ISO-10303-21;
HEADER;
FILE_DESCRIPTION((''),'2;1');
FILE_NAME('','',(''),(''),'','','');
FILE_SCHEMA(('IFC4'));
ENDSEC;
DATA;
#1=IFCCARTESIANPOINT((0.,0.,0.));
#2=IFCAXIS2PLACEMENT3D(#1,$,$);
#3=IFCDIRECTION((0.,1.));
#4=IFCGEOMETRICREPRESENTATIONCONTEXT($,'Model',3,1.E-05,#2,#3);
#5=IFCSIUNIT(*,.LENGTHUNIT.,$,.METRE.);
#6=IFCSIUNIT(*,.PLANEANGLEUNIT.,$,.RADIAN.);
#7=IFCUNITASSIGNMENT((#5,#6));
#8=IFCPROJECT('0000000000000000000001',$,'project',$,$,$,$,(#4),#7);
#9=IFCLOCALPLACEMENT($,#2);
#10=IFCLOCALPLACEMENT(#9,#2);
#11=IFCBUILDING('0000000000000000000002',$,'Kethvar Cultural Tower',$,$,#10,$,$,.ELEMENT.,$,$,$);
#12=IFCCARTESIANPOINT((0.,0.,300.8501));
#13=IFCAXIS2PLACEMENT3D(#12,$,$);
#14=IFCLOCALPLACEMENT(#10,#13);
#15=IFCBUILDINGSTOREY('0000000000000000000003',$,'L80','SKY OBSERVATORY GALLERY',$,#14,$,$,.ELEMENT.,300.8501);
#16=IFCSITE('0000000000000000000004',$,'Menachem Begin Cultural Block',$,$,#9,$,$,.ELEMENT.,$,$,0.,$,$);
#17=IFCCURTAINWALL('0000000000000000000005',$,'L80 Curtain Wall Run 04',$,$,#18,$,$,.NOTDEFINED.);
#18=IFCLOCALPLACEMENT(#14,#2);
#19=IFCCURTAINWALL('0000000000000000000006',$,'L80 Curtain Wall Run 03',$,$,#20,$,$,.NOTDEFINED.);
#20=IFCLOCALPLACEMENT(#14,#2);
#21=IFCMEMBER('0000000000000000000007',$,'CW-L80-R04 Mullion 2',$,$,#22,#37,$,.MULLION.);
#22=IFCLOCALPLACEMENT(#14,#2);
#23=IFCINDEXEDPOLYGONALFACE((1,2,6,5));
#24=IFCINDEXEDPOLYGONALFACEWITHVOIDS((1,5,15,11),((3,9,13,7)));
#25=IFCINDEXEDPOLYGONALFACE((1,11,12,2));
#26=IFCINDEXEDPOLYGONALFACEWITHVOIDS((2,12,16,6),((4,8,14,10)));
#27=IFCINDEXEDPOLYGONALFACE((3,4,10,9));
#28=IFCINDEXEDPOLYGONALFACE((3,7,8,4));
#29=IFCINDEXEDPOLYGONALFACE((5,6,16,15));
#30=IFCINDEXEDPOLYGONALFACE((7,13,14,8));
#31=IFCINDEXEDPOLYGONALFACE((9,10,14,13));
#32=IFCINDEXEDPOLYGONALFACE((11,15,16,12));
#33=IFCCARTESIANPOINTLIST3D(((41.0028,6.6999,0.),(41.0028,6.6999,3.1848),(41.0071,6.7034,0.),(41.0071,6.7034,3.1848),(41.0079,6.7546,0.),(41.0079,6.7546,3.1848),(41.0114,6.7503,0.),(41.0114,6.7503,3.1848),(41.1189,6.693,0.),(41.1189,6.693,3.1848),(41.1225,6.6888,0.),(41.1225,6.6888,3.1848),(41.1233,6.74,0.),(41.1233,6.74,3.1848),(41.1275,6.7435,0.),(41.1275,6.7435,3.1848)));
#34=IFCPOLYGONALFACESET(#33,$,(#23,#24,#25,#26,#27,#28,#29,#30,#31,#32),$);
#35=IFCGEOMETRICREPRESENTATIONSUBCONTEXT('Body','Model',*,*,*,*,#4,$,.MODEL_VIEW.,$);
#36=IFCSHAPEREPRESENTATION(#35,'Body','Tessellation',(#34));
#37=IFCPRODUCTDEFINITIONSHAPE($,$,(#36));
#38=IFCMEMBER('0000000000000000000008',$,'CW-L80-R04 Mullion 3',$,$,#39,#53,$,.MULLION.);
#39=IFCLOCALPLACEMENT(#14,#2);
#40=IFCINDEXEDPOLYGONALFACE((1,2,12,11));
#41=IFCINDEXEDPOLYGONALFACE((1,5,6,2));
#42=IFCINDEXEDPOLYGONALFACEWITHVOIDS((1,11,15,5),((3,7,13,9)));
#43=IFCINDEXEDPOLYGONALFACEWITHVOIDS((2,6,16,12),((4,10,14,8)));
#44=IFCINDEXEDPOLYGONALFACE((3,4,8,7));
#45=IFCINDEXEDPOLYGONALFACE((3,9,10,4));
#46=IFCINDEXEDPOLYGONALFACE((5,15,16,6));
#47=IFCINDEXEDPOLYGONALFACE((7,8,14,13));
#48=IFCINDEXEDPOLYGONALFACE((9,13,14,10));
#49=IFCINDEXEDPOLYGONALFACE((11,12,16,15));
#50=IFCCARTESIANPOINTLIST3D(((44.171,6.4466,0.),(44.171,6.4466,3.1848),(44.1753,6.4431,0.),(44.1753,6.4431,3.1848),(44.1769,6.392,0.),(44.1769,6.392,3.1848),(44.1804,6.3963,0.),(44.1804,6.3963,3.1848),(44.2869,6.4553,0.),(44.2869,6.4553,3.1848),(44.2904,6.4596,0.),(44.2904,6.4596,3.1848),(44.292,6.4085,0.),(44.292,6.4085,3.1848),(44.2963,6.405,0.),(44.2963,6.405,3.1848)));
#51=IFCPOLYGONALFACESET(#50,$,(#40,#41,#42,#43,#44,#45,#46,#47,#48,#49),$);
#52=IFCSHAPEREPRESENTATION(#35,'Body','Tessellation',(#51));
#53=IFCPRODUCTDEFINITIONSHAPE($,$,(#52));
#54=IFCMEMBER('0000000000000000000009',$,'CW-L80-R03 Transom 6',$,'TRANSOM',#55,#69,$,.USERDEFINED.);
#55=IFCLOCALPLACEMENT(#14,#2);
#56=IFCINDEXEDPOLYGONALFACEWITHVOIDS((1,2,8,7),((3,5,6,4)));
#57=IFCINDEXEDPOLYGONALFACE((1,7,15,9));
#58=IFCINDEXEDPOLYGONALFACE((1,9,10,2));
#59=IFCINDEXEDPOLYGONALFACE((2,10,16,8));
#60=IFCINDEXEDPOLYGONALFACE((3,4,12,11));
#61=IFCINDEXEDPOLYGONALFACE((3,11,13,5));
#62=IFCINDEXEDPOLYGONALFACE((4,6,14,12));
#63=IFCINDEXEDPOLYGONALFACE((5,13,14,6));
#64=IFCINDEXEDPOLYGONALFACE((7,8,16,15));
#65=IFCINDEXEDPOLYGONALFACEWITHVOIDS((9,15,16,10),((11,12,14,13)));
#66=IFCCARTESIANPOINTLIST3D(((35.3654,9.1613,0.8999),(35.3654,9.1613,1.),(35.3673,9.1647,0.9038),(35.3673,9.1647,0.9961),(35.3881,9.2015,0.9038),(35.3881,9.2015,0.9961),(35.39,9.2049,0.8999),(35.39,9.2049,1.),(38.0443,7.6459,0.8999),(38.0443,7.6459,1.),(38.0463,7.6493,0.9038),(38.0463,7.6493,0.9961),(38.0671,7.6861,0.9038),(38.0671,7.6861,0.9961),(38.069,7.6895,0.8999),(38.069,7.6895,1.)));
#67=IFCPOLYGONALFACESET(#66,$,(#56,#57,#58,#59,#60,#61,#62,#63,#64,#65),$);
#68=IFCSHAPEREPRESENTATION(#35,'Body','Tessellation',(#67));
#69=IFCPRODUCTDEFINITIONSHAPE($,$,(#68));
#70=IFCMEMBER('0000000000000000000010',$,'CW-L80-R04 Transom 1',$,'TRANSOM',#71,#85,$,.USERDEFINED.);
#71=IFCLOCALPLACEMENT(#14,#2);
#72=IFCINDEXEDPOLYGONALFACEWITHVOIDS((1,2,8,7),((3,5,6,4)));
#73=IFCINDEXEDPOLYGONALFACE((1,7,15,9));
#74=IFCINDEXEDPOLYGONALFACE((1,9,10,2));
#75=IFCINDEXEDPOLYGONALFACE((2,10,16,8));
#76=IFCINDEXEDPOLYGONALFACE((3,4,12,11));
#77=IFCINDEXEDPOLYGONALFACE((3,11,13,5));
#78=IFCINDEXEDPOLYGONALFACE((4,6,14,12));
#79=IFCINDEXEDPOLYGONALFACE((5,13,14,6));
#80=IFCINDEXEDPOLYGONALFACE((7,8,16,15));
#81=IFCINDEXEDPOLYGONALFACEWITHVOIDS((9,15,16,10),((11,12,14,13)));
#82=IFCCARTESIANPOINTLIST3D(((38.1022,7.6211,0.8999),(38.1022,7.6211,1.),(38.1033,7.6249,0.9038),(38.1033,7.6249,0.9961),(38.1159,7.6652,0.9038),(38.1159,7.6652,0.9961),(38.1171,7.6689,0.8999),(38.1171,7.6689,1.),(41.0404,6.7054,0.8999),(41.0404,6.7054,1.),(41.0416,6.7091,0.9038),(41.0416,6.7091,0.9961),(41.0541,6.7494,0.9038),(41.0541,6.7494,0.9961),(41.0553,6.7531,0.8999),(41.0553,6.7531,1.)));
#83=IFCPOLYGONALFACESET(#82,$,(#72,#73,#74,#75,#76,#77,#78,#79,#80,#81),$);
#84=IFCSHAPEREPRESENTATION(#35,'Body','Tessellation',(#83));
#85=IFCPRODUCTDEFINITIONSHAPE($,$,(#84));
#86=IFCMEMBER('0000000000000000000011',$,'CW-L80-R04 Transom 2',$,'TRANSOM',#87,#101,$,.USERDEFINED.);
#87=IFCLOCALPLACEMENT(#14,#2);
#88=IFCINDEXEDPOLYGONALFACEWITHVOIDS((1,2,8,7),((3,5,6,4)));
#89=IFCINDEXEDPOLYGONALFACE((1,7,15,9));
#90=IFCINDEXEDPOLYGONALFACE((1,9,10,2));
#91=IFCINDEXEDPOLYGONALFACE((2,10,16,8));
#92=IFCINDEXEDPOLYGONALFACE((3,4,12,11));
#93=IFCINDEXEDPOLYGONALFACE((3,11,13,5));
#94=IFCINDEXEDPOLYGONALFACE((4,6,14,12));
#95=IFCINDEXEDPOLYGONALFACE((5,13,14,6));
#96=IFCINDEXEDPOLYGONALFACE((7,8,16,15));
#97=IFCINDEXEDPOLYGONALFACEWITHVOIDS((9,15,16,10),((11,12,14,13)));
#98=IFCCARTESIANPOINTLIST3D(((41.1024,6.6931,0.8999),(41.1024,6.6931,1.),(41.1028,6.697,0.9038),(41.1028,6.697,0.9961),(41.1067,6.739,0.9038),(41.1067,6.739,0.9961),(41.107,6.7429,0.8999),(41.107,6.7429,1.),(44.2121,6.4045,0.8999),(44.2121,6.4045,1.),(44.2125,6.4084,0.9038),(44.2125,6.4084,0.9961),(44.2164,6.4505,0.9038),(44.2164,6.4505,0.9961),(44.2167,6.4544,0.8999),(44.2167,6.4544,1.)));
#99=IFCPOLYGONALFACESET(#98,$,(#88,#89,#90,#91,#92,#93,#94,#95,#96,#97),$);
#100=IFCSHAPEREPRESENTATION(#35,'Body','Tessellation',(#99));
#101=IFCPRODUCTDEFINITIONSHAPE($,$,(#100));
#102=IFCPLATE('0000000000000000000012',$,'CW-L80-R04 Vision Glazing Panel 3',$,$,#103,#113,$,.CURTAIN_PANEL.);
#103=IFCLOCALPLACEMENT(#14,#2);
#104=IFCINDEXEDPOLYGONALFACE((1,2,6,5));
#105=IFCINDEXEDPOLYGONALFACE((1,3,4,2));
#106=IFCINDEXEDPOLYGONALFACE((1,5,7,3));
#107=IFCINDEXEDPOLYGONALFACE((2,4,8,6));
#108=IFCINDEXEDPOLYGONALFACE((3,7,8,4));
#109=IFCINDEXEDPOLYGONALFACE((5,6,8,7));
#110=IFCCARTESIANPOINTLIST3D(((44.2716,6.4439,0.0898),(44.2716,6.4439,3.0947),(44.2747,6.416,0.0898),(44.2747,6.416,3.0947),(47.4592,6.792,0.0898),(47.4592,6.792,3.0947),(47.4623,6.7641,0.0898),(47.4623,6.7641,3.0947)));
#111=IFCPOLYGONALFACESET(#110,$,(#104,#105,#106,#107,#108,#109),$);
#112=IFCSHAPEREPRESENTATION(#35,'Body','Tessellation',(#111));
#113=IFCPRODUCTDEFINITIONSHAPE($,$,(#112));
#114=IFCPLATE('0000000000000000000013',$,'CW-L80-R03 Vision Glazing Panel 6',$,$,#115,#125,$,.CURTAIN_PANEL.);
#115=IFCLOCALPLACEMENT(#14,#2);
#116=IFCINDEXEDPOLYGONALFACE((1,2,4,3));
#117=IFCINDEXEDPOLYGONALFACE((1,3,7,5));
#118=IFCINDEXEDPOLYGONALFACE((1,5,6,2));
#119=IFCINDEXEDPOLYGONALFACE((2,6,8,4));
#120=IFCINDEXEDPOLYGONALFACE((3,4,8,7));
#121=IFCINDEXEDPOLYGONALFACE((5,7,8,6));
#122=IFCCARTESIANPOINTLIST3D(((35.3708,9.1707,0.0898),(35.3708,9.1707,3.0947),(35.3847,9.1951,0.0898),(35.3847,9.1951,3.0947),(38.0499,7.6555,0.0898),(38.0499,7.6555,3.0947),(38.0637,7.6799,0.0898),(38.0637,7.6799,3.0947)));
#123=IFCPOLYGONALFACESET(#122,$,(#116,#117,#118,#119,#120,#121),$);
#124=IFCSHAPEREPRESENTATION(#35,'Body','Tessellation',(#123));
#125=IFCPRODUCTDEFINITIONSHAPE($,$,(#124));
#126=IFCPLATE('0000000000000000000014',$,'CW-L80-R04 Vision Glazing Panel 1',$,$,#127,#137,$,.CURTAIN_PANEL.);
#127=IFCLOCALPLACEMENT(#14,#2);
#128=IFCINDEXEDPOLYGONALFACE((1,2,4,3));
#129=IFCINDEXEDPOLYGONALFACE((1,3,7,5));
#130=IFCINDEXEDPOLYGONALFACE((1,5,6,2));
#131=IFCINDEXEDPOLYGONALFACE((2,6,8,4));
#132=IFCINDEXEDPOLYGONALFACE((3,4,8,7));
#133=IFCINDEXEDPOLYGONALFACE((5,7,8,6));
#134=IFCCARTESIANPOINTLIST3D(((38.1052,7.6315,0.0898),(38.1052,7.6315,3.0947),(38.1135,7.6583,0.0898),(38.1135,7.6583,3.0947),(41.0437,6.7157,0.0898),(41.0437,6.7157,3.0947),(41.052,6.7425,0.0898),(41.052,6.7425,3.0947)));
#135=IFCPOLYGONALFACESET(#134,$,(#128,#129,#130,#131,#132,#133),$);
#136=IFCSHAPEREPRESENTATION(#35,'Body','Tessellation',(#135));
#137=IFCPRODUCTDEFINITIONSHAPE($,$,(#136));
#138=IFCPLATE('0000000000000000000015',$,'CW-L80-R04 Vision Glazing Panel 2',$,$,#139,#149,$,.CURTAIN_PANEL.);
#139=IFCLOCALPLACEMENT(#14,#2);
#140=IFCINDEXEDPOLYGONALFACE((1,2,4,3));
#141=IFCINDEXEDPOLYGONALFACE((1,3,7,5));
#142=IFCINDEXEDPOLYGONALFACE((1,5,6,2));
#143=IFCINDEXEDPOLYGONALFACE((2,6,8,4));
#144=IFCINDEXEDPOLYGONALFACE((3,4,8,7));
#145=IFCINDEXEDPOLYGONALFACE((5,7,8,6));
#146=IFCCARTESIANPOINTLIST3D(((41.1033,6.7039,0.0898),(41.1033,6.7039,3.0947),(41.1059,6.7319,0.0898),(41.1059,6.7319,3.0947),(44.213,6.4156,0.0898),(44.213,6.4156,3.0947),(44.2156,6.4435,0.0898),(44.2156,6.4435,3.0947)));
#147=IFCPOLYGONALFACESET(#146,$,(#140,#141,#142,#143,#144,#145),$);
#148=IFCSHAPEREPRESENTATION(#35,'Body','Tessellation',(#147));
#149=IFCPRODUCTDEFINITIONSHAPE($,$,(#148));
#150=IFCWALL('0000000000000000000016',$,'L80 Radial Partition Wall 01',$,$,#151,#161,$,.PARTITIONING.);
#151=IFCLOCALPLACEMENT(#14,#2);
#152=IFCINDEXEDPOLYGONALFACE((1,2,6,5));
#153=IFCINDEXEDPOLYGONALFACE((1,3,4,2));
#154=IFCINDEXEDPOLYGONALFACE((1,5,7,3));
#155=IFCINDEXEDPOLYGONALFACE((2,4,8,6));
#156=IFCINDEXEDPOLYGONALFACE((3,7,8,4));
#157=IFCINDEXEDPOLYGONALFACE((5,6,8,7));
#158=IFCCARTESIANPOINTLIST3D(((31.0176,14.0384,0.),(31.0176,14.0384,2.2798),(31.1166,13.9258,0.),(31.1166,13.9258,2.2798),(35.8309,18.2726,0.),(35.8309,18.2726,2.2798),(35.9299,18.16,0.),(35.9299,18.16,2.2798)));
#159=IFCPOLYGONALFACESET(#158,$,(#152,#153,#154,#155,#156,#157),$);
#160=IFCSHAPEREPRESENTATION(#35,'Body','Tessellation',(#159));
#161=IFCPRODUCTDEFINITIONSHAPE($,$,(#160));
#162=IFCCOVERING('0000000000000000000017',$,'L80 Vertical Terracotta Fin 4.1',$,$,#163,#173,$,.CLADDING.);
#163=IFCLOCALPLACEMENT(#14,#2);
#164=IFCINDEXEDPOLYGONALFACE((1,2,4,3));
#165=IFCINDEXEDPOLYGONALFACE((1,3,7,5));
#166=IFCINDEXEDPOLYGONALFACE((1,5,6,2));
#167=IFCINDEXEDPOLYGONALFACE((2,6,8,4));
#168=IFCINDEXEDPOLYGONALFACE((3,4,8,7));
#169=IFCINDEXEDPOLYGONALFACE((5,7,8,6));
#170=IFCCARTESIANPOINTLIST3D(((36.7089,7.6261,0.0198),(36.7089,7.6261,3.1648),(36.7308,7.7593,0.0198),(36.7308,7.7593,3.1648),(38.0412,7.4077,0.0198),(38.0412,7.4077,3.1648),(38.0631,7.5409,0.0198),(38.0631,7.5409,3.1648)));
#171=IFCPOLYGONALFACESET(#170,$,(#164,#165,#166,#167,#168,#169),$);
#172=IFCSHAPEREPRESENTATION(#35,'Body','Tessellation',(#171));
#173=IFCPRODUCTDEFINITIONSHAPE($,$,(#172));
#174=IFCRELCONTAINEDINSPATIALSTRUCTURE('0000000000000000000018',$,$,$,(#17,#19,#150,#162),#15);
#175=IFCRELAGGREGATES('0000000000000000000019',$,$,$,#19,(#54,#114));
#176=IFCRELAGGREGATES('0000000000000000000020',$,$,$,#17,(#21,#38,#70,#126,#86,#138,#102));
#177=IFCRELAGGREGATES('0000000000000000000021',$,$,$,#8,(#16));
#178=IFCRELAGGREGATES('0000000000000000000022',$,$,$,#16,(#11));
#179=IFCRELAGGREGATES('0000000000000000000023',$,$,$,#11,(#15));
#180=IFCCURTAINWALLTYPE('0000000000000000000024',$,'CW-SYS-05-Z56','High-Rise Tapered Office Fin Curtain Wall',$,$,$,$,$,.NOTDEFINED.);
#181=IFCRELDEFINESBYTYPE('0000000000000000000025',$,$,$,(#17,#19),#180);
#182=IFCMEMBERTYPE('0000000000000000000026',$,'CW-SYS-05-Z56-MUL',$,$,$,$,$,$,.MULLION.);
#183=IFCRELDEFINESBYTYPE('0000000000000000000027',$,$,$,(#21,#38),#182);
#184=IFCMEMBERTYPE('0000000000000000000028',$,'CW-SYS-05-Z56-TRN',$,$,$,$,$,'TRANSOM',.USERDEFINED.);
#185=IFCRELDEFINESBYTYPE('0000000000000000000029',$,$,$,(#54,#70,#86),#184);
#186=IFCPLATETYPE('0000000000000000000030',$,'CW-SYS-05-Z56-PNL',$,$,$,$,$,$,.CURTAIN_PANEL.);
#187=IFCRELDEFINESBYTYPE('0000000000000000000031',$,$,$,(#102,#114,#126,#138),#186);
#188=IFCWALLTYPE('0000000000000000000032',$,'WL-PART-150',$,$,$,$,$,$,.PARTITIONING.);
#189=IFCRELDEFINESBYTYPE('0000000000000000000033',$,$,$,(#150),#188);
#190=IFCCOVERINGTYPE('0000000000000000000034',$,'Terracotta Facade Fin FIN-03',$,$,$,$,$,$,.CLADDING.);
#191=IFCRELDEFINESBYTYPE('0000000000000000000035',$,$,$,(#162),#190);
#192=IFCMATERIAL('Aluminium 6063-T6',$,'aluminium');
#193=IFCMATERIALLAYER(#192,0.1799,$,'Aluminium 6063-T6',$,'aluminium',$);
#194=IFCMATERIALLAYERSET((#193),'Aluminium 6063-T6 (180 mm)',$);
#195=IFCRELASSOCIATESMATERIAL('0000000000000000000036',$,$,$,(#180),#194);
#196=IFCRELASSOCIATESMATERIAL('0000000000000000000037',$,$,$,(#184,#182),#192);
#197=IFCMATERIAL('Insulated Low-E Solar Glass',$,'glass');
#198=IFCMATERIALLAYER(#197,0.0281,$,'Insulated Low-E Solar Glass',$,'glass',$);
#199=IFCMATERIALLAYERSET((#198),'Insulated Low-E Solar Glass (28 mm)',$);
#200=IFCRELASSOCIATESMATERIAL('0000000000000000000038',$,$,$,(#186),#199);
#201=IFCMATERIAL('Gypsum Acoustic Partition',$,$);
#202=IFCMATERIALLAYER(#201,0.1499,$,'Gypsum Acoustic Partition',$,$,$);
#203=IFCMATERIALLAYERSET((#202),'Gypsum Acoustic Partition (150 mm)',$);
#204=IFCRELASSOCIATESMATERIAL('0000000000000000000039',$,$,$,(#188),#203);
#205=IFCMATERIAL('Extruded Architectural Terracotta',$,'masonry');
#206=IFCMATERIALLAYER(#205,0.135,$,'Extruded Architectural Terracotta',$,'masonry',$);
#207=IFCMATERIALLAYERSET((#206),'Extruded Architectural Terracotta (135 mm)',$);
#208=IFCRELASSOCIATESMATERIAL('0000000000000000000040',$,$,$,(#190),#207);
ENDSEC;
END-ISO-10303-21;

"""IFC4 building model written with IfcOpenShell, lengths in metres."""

from ifc_helpers import new_model, si_unit, direction, frame, frame_2d, origin, origin_2d, place, context, subcontext, project, spatial, rectangle, hollow_rectangle, extrude, source, transform, mapped, material, layer, layer_set, material_profile, profile_set, type_object, element, aggregate, save


model = new_model("IFC4")

# Units and contexts
model_context = context("Model", 3, precision=1e-05, world=origin(), true_north=direction((0.0, 1.0)))
body_context = subcontext(model_context, "Body", "Model", "MODEL_VIEW")
ifc_project = project(units=[si_unit("LENGTHUNIT", "METRE"), si_unit("PLANEANGLEUNIT", "RADIAN")], contexts=[model_context])

# Site, building, storey
site_placement = place(None, origin())
site = spatial("IfcSite", under=ifc_project, at=site_placement, Name="Menachem Begin Cultural Block", CompositionType="ELEMENT", RefElevation=0.0)
building_placement = place(site_placement, origin())
building = spatial("IfcBuilding", under=site, at=building_placement, Name="Kethvar Cultural Tower", CompositionType="ELEMENT")
storey_placement = place(building_placement, frame((0.0, 0.0, 300.8501)))
storey = spatial("IfcBuildingStorey", under=building, at=storey_placement, Name="L80", Description="SKY OBSERVATORY GALLERY", CompositionType="ELEMENT", Elevation=300.8501)

# Curtain walls
ifc_material_1 = material(Name="Aluminium 6063-T6", Category="aluminium")
ifc_layer_1 = layer(ifc_material_1, 0.1799, Name="Aluminium 6063-T6", Category="aluminium")
ifc_layer_set_1 = layer_set([ifc_layer_1], Name="Aluminium 6063-T6 (180 mm)")
curtain_wall_type = type_object("IfcCurtainWallType", Name="CW-SYS-05-Z56", Description="High-Rise Tapered Office Fin Curtain Wall", PredefinedType="NOTDEFINED", material=ifc_layer_set_1)
curtain_wall_1_placement = place(storey_placement, origin())
curtain_wall_1 = element("IfcCurtainWall", 1, at=curtain_wall_1_placement, inside=storey, type_object=curtain_wall_type, Name="L80 Curtain Wall Run 04", PredefinedType="NOTDEFINED")
ifc_material_profile_1 = material_profile(ifc_material_1, hollow_rectangle(XDim=0.05, YDim=0.1001, WallThickness=0.0039, at=origin_2d()), Name="Aluminium 6063-T6 — RHS100x50x4")
ifc_profile_set_1 = profile_set([ifc_material_profile_1], Name="Aluminium 6063-T6 — RHS100x50x4")
member_type_1 = type_object("IfcMemberType", Name="CW-SYS-05-Z56-TRN", ElementType="TRANSOM", PredefinedType="USERDEFINED", material=ifc_profile_set_1)
curtain_wall_2_placement = place(storey_placement, origin())
curtain_wall_2 = element("IfcCurtainWall", 2, at=curtain_wall_2_placement, inside=storey, type_object=curtain_wall_type, Name="L80 Curtain Wall Run 03", PredefinedType="NOTDEFINED")
ifc_material_profile_2 = material_profile(ifc_material_1, hollow_rectangle(XDim=0.0549, YDim=0.1201, WallThickness=0.0039, at=origin_2d()), Name="Aluminium 6063-T6 — RHS120x55x4")
ifc_profile_set_2 = profile_set([ifc_material_profile_2], Name="Aluminium 6063-T6 — RHS120x55x4")
member_type_2 = type_object("IfcMemberType", Name="CW-SYS-05-Z56-MUL", PredefinedType="MULLION", material=ifc_profile_set_2)
shared_shape_1 = source(origin(), body_context, "Body", "SweptSolid", [
    extrude(hollow_rectangle(XDim=0.0549, YDim=0.1201, WallThickness=0.0039, at=origin_2d()), origin(), (0.0, 0.0, 1.0), 3.1848),
])

# Members
member_1_placement = place(storey_placement, frame((41.0652, 6.7217, 0.0), z_axis=(0.0, 0.0, 1.0), x_axis=(0.092336, 0.995728, 0.0)))
member_1 = element("IfcMember", 3, at=member_1_placement, type_object=member_type_2, Name="CW-L80-R04 Mullion 2", PredefinedType="MULLION", context=body_context, shape_type="MappedRepresentation", body=[
    mapped(shared_shape_1, transform((0.0, 0.0, 0.0), scale=1.0)),
])
member_2_placement = place(storey_placement, frame((44.2336, 6.4258, 0.0), z_axis=(0.0, 0.0, 1.0), x_axis=(-0.108555, 0.99409, 0.0)))
member_2 = element("IfcMember", 4, at=member_2_placement, type_object=member_type_2, Name="CW-L80-R04 Mullion 3", PredefinedType="MULLION", context=body_context, shape_type="MappedRepresentation", body=[
    mapped(shared_shape_1, transform((0.0, 0.0, 0.0), scale=1.0)),
])
shared_shape_2 = source(origin(), body_context, "Body", "SweptSolid", [
    extrude(hollow_rectangle(XDim=0.05, YDim=0.1001, WallThickness=0.0039, at=origin_2d()), origin(), (0.0, 0.0, 1.0), 3.0779),
])
member_3_placement = place(storey_placement, frame((35.3777, 9.1831, 0.95), z_axis=(0.870397, -0.49235, 0.0), x_axis=(0.49235, 0.870397, 0.0)))
member_3 = element("IfcMember", 5, at=member_3_placement, type_object=member_type_1, Name="CW-L80-R03 Transom 6", ObjectType="TRANSOM", PredefinedType="USERDEFINED", context=body_context, shape_type="MappedRepresentation", body=[
    mapped(shared_shape_2, transform((0.0, 0.0, 0.0), scale=1.0)),
])
shared_shape_3 = source(origin(), body_context, "Body", "SweptSolid", [
    extrude(hollow_rectangle(XDim=0.05, YDim=0.1001, WallThickness=0.0039, at=origin_2d()), origin(), (0.0, 0.0, 1.0), 3.0776),
])
member_4_placement = place(storey_placement, frame((38.1096, 7.645, 0.95), z_axis=(0.954704, -0.297557, 0.0), x_axis=(0.297557, 0.954704, 0.0)))
member_4 = element("IfcMember", 6, at=member_4_placement, type_object=member_type_1, Name="CW-L80-R04 Transom 1", ObjectType="TRANSOM", PredefinedType="USERDEFINED", context=body_context, shape_type="MappedRepresentation", body=[
    mapped(shared_shape_3, transform((0.0, 0.0, 0.0), scale=1.0)),
])
shared_shape_4 = source(origin(), body_context, "Body", "SweptSolid", [
    extrude(hollow_rectangle(XDim=0.05, YDim=0.1001, WallThickness=0.0039, at=origin_2d()), origin(), (0.0, 0.0, 1.0), 3.123),
])
member_5_placement = place(storey_placement, frame((41.1047, 6.718, 0.95), z_axis=(0.995722, -0.092403, 0.0), x_axis=(0.092403, 0.995722, 0.0)))
member_5 = element("IfcMember", 7, at=member_5_placement, type_object=member_type_1, Name="CW-L80-R04 Transom 2", ObjectType="TRANSOM", PredefinedType="USERDEFINED", context=body_context, shape_type="MappedRepresentation", body=[
    mapped(shared_shape_4, transform((0.0, 0.0, 0.0), scale=1.0)),
])

# Plates
ifc_material_2 = material(Name="Insulated Low-E Solar Glass", Category="glass")
ifc_layer_2 = layer(ifc_material_2, 0.0281, Name="Insulated Low-E Solar Glass", Category="glass")
ifc_layer_set_2 = layer_set([ifc_layer_2], Name="Insulated Low-E Solar Glass (28 mm)")
plate_type = type_object("IfcPlateType", Name="CW-SYS-05-Z56-PNL", PredefinedType="CURTAIN_PANEL", material=ifc_layer_set_2)
shared_shape_5 = source(origin(), body_context, "Body", "SweptSolid", [
    extrude(rectangle(XDim=3.2065, YDim=0.0281, at=origin_2d()), origin(), (0.0, 0.0, 1.0), 3.0049),
])
plate_1_placement = place(storey_placement, frame((45.8669, 6.604, 0.0898), z_axis=(0.0, 0.0, 1.0), x_axis=(0.99409, 0.108555, 0.0)))
plate_1 = element("IfcPlate", 8, at=plate_1_placement, type_object=plate_type, Name="CW-L80-R04 Vision Glazing Panel 3", PredefinedType="CURTAIN_PANEL", context=body_context, shape_type="MappedRepresentation", body=[
    mapped(shared_shape_5, transform((0.0, 0.0, 0.0), scale=1.0)),
])
shared_shape_6 = source(origin(), body_context, "Body", "SweptSolid", [
    extrude(rectangle(XDim=3.0779, YDim=0.0281, at=origin_2d()), origin(), (0.0, 0.0, 1.0), 3.0049),
])
plate_2_placement = place(storey_placement, frame((36.7173, 8.4253, 0.0898), z_axis=(0.0, 0.0, 1.0), x_axis=(0.870424, -0.492302, 0.0)))
plate_2 = element("IfcPlate", 9, at=plate_2_placement, type_object=plate_type, Name="CW-L80-R03 Vision Glazing Panel 6", PredefinedType="CURTAIN_PANEL", context=body_context, shape_type="MappedRepresentation", body=[
    mapped(shared_shape_6, transform((0.0, 0.0, 0.0), scale=1.0)),
])
aggregate(curtain_wall_2, [member_3, plate_2])
plate_3_placement = place(storey_placement, frame((39.5786, 7.187, 0.0898), z_axis=(0.0, 0.0, 1.0), x_axis=(0.954714, -0.297525, 0.0)))
plate_3 = element("IfcPlate", 10, at=plate_3_placement, type_object=plate_type, Name="CW-L80-R04 Vision Glazing Panel 1", PredefinedType="CURTAIN_PANEL", context=body_context, shape_type="MappedRepresentation", body=[
    mapped(shared_shape_6, transform((0.0, 0.0, 0.0), scale=1.0)),
])
shared_shape_7 = source(origin(), body_context, "Body", "SweptSolid", [
    extrude(rectangle(XDim=3.123, YDim=0.0281, at=origin_2d()), origin(), (0.0, 0.0, 1.0), 3.0049),
])
plate_4_placement = place(storey_placement, frame((42.6594, 6.5737, 0.0898), z_axis=(0.0, 0.0, 1.0), x_axis=(0.995728, -0.092336, 0.0)))
plate_4 = element("IfcPlate", 11, at=plate_4_placement, type_object=plate_type, Name="CW-L80-R04 Vision Glazing Panel 2", PredefinedType="CURTAIN_PANEL", context=body_context, shape_type="MappedRepresentation", body=[
    mapped(shared_shape_7, transform((0.0, 0.0, 0.0), scale=1.0)),
])
aggregate(curtain_wall_1, [member_1, member_2, member_4, plate_3, member_5, plate_4, plate_1])

# Wall
ifc_material_3 = material(Name="Gypsum Acoustic Partition")
ifc_layer_3 = layer(ifc_material_3, 0.1499, Name="Gypsum Acoustic Partition")
ifc_layer_set_3 = layer_set([ifc_layer_3], Name="Gypsum Acoustic Partition (150 mm)")
wall_type = type_object("IfcWallType", Name="WL-PART-150", PredefinedType="PARTITIONING", material=ifc_layer_set_3)
wall_placement = place(storey_placement, frame((35.8804, 18.2163, 0.0), z_axis=(0.0, 0.0, 1.0), x_axis=(-0.750831, -0.660495, 0.0)))
element("IfcWall", 12, at=wall_placement, inside=storey, type_object=wall_type, Name="L80 Radial Partition Wall 01", PredefinedType="PARTITIONING", context=body_context, shape_type="SweptSolid", body=[
    extrude(rectangle(XDim=6.4106, YDim=0.1499, at=frame_2d((3.2053, 0.0))), origin(), (0.0, 0.0, 1.0), 2.2798),
])

# Covering
ifc_material_4 = material(Name="Extruded Architectural Terracotta", Category="masonry")
ifc_layer_4 = layer(ifc_material_4, 0.135, Name="Extruded Architectural Terracotta", Category="masonry")
ifc_layer_set_4 = layer_set([ifc_layer_4], Name="Extruded Architectural Terracotta (135 mm)")
covering_type = type_object("IfcCoveringType", Name="Terracotta Facade Fin FIN-03", PredefinedType="CLADDING", material=ifc_layer_set_4)
shared_shape_8 = source(origin(), body_context, "Body", "SweptSolid", [
    extrude(rectangle(XDim=1.3501, YDim=0.135, at=origin_2d()), origin(), (0.0, 0.0, 1.0), 3.145),
])
for number, where, z_axis, x_axis, name in (
    (13, (37.386, 7.5835, 0.0198), (0.0, 0.0, 1.0), (-0.986827, 0.161776, 0.0), "L80 Vertical Terracotta Fin 4.1"),
):
    element("IfcCovering", number, at=place(storey_placement, frame(where, z_axis=z_axis, x_axis=x_axis)), inside=storey, type_object=covering_type, Name=name, PredefinedType="CLADDING", context=body_context, shape_type="MappedRepresentation", body=[
        mapped(shared_shape_8, transform((0.0, 0.0, 0.0), scale=1.0)),
    ])

save(model, "model.ifc")
